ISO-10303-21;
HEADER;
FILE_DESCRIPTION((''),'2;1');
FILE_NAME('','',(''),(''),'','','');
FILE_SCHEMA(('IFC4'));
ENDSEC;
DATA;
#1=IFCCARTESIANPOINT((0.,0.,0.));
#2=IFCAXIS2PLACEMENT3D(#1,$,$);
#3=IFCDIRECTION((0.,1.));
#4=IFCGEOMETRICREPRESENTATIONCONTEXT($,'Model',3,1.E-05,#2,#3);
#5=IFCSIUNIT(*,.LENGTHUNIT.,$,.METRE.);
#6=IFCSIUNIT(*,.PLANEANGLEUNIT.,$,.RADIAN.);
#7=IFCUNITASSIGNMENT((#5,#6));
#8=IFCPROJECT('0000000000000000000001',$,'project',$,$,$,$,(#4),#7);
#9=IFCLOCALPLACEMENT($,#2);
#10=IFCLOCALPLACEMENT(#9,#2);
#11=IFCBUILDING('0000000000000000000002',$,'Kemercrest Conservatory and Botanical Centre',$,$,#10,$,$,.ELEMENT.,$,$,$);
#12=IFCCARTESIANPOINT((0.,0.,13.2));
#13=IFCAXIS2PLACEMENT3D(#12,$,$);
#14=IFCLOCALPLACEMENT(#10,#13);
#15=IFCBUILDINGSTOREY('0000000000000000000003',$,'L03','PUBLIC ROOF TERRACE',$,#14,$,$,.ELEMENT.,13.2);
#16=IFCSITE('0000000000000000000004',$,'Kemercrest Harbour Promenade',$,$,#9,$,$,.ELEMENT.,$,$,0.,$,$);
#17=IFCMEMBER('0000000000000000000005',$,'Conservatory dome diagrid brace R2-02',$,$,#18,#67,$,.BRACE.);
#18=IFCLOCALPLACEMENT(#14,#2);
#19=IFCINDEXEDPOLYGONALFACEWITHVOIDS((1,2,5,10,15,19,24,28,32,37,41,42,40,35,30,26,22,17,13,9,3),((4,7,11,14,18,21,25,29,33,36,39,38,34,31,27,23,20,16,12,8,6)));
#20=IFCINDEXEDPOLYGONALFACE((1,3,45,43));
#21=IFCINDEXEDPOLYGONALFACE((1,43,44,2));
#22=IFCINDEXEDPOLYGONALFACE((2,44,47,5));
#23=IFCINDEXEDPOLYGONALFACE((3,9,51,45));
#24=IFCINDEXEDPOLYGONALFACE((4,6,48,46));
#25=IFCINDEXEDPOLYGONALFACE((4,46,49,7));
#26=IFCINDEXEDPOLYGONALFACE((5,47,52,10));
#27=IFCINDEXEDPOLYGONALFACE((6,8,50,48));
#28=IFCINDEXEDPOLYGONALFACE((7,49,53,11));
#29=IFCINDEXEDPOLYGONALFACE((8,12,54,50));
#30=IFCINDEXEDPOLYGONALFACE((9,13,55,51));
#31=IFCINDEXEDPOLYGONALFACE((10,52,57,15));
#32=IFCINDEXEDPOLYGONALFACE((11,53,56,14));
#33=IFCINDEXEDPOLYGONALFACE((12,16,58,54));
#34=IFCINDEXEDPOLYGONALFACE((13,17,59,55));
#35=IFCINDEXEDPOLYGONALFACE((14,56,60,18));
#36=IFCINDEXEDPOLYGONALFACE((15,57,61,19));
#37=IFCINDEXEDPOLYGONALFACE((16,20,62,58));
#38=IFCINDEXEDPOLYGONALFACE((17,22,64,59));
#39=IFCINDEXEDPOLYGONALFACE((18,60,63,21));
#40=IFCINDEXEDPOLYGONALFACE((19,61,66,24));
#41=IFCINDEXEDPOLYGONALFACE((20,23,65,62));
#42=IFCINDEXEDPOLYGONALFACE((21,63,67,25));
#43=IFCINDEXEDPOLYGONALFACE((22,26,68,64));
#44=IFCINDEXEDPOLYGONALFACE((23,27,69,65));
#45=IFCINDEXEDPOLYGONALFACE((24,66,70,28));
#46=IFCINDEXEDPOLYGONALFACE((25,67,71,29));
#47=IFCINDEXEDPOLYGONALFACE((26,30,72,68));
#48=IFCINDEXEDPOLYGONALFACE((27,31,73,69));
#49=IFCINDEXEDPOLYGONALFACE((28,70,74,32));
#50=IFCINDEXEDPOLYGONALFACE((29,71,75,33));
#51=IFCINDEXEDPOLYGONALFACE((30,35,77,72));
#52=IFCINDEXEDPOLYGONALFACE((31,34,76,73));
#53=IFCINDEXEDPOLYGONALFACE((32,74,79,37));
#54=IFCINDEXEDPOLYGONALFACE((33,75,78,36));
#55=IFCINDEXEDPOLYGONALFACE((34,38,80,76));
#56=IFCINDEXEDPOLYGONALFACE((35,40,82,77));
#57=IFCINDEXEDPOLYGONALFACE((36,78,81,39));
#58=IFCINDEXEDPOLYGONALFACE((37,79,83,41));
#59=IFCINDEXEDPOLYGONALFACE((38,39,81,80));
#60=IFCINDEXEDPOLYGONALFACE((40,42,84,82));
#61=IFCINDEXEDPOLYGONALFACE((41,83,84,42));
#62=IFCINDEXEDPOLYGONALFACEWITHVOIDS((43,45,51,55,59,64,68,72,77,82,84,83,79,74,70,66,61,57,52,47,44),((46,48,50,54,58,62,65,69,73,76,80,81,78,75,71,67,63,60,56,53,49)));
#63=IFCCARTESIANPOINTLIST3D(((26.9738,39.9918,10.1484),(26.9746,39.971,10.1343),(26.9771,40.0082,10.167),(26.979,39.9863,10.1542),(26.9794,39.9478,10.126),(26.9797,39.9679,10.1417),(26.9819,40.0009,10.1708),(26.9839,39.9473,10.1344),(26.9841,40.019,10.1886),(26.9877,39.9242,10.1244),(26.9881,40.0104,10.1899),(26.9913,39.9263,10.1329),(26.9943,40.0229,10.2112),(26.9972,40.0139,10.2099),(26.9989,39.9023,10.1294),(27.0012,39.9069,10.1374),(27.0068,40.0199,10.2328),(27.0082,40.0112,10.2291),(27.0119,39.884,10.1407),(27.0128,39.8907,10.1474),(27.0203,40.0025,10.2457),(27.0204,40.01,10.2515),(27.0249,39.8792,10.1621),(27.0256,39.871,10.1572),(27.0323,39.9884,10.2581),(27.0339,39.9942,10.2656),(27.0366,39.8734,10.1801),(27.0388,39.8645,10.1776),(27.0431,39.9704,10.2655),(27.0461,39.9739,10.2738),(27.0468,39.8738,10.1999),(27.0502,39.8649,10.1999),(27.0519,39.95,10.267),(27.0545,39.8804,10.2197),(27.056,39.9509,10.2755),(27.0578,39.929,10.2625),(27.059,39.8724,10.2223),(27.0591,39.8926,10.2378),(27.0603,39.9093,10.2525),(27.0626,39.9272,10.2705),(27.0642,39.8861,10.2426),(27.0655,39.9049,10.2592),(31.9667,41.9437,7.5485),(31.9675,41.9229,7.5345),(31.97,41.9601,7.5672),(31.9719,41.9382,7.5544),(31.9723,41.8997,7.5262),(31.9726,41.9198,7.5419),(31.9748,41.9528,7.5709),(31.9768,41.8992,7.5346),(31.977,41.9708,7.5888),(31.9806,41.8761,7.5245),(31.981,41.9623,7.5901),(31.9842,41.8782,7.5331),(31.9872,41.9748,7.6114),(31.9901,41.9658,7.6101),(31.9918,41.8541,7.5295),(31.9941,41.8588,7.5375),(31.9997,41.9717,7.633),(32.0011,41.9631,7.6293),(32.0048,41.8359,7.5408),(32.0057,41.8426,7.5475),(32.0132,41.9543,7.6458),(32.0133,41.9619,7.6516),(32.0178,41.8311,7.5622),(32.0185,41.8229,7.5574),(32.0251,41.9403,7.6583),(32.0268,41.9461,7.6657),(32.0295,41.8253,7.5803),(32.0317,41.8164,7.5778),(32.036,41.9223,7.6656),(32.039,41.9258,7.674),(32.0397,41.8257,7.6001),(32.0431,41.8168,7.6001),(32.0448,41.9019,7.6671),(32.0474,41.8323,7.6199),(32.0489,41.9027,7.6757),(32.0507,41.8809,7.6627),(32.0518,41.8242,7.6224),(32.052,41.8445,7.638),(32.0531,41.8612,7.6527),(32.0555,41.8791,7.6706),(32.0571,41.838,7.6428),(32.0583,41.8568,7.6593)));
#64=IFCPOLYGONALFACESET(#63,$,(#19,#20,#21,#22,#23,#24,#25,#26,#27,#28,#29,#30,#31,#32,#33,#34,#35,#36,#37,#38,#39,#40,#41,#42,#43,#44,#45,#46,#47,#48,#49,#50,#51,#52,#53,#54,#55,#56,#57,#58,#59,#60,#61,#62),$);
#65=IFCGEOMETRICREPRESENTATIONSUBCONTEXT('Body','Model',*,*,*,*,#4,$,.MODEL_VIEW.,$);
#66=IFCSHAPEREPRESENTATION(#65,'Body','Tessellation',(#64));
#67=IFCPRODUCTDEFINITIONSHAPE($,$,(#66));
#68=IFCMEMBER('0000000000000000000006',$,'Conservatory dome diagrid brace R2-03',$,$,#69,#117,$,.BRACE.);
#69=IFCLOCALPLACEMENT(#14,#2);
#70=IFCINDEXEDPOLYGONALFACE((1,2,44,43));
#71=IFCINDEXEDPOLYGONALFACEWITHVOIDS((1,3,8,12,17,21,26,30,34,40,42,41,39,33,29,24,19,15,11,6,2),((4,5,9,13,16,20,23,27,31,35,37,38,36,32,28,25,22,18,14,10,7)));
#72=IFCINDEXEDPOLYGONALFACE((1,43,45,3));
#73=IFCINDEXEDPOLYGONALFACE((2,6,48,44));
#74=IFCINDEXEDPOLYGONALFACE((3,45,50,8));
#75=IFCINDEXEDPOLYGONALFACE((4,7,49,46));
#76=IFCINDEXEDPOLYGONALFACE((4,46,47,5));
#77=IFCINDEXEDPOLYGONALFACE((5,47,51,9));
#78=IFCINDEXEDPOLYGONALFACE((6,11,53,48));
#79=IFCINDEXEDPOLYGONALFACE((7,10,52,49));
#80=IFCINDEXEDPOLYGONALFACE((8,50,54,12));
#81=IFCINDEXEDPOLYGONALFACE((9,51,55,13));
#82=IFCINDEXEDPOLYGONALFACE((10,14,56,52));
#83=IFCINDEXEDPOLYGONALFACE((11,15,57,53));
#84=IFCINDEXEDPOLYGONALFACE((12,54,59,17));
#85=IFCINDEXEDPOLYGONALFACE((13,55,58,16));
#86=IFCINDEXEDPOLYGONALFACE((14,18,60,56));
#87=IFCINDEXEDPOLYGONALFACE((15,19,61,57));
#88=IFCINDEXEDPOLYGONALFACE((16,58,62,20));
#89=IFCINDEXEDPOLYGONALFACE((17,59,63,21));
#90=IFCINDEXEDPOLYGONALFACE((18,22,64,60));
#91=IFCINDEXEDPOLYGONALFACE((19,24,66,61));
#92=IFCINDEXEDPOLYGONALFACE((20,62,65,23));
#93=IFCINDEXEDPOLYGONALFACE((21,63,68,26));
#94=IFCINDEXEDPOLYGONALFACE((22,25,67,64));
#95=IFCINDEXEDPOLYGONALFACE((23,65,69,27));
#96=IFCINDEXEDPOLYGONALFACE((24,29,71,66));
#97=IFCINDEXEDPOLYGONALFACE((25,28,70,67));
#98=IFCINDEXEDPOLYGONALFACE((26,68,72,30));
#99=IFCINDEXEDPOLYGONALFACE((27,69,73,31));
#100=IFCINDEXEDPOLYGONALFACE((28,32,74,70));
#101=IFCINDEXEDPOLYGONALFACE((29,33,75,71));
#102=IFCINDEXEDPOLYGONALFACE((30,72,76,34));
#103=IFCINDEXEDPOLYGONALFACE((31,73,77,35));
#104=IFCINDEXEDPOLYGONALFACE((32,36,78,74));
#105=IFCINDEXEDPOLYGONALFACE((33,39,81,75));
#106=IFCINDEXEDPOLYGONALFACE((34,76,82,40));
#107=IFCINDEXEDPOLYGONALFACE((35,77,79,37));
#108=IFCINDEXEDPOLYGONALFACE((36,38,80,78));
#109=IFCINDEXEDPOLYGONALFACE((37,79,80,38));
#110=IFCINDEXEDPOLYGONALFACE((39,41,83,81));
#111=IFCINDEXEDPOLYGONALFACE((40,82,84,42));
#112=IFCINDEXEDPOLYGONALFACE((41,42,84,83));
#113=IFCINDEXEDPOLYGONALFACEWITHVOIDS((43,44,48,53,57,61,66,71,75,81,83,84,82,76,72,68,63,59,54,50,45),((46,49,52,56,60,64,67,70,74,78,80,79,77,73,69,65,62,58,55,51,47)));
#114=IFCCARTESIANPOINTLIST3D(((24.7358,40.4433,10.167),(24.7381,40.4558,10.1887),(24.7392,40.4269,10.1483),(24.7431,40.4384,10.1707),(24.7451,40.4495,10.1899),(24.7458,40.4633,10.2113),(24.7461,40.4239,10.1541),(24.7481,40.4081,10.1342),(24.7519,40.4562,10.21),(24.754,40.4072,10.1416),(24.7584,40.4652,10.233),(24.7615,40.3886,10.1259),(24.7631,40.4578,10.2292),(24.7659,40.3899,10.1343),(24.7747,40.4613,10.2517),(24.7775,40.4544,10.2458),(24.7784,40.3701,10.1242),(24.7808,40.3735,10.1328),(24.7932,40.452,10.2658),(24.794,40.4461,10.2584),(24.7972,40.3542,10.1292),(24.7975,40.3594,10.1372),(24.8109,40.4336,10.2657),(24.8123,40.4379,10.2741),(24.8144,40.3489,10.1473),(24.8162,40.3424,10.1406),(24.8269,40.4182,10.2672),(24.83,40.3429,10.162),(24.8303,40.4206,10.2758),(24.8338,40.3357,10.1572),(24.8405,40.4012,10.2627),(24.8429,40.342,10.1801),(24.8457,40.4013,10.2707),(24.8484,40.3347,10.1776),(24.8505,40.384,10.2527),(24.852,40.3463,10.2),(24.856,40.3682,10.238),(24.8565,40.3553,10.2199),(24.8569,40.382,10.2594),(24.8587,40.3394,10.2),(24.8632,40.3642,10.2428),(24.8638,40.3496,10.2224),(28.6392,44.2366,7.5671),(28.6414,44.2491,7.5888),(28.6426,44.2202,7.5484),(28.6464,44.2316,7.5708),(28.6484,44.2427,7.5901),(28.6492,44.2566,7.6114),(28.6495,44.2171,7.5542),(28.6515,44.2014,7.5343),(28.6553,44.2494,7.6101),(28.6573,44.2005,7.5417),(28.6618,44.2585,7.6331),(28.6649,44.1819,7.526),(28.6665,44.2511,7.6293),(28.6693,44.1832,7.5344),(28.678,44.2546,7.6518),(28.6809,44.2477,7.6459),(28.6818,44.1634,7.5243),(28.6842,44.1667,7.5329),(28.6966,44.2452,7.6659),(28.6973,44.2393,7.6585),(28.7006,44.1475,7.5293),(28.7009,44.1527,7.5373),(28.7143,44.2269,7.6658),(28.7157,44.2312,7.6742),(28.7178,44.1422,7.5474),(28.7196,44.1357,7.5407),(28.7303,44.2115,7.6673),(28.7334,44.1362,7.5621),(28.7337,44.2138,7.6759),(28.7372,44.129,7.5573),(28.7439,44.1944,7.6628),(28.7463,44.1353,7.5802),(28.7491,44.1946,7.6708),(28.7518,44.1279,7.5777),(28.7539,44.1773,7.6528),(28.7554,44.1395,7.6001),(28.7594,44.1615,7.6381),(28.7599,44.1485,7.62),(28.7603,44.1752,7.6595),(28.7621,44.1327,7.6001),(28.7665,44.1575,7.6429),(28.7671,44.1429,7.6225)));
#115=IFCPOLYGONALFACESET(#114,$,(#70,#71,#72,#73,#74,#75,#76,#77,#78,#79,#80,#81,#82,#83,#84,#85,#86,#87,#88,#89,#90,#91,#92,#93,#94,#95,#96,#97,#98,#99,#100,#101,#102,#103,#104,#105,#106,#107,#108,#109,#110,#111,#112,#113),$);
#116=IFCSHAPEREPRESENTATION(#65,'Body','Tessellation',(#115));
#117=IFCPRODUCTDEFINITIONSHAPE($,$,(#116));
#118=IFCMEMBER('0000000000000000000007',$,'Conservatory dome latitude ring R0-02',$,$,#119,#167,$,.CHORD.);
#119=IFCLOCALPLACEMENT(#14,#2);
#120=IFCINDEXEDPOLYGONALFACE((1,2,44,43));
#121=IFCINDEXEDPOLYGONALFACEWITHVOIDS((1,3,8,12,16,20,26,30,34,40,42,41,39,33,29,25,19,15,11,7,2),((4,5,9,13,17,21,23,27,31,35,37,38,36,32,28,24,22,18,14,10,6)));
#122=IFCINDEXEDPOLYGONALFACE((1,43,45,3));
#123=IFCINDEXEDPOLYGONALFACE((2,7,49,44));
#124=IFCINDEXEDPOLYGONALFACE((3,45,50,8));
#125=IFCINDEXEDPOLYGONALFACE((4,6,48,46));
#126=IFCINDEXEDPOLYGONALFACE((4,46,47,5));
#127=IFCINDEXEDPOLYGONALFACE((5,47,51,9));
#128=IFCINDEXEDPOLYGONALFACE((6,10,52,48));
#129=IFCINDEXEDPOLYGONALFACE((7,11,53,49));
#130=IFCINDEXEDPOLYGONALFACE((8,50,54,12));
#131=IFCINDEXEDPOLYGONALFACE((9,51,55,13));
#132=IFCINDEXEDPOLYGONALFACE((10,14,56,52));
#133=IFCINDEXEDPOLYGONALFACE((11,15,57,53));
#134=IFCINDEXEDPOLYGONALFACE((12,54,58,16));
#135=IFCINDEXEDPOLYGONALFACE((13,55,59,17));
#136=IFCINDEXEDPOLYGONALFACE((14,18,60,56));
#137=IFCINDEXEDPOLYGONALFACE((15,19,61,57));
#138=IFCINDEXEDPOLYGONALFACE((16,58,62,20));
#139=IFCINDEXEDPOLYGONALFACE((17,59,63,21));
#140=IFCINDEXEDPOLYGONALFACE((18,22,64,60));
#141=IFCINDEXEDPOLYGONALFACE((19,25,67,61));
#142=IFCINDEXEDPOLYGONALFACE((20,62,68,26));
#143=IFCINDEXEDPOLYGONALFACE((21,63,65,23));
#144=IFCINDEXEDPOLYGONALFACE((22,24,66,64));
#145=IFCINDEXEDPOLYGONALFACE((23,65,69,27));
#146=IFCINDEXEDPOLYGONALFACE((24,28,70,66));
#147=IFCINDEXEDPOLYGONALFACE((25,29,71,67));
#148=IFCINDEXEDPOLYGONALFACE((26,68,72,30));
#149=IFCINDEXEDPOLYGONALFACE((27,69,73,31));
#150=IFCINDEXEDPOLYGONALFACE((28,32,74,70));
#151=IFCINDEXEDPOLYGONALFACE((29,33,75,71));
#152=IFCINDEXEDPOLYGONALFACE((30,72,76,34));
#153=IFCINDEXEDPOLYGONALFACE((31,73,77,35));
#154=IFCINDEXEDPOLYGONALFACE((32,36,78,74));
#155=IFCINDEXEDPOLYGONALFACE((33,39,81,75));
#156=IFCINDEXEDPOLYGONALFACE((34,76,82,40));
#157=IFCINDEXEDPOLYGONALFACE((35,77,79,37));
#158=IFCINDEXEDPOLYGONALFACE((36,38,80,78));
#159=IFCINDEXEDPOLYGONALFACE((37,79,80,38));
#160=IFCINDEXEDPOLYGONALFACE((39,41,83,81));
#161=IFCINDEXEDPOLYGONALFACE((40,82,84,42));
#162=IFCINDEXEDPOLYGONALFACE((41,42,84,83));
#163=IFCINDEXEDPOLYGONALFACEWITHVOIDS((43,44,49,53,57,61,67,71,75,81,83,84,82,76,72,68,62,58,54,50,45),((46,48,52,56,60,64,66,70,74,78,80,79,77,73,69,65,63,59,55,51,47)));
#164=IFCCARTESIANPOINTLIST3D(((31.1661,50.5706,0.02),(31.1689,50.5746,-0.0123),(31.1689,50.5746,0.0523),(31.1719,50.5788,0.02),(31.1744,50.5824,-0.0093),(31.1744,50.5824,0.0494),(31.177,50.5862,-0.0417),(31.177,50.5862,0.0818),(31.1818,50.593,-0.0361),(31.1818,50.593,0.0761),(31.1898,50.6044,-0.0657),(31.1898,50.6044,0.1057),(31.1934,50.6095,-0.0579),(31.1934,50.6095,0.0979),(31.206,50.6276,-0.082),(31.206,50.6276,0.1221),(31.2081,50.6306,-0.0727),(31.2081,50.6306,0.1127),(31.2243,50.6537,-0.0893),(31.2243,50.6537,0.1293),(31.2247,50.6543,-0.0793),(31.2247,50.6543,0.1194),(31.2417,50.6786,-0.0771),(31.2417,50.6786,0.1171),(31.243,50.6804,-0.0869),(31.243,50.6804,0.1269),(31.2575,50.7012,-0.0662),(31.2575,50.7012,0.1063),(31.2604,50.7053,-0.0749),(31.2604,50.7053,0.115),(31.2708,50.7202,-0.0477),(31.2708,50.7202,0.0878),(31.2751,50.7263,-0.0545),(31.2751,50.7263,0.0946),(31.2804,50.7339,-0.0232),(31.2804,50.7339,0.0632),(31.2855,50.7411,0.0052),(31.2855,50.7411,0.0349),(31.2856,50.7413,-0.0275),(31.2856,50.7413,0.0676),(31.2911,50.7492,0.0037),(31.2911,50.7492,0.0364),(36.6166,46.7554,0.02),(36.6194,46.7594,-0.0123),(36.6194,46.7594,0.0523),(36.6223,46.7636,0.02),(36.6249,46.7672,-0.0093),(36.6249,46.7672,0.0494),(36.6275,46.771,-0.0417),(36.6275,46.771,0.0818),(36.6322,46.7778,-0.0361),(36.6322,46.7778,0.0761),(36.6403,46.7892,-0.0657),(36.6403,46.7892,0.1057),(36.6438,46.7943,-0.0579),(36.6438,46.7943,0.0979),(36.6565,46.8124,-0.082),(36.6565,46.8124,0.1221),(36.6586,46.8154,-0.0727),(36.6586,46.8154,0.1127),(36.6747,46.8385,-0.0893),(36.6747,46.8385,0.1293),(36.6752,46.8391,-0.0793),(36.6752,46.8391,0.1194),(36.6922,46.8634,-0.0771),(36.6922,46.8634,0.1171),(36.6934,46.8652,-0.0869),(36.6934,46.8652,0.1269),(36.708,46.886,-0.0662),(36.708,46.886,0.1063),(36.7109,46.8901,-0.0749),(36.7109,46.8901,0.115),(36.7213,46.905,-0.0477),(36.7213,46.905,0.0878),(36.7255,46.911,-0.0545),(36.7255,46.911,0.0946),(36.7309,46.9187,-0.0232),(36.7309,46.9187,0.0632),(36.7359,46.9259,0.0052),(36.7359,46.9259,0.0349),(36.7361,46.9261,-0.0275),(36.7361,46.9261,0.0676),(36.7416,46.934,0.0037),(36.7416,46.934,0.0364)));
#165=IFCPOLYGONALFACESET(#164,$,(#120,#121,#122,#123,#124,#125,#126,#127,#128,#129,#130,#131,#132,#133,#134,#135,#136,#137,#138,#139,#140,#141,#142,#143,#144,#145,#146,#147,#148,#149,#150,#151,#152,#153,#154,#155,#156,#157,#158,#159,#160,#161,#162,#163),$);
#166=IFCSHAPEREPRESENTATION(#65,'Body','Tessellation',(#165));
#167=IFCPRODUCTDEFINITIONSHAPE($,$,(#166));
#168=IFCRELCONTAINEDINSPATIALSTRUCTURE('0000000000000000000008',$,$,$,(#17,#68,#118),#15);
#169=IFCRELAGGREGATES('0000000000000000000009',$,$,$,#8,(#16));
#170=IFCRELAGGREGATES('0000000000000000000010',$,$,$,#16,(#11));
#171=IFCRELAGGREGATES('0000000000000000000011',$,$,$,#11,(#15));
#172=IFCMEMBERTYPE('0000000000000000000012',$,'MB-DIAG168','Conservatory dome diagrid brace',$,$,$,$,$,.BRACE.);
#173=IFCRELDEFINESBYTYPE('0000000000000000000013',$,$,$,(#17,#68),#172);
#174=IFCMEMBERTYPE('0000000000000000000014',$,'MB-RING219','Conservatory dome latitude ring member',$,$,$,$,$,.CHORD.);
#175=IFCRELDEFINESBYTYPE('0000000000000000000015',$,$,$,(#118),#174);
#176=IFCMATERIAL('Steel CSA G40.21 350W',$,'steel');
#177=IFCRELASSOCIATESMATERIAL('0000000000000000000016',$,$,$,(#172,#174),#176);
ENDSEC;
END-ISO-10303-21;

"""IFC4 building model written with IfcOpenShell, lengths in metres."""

from ifc_helpers import new_model, si_unit, direction, frame, origin, origin_2d, place, context, subcontext, project, spatial, hollow_circle, extrude, material, material_profile, profile_set, type_object, element, save


model = new_model("IFC4")

# Units and contexts
model_context = context("Model", 3, precision=1e-05, world=origin(), true_north=direction((0.0, 1.0)))
body_context = subcontext(model_context, "Body", "Model", "MODEL_VIEW")
ifc_project = project(units=[si_unit("LENGTHUNIT", "METRE"), si_unit("PLANEANGLEUNIT", "RADIAN")], contexts=[model_context])

# Site, building, storey
site_placement = place(None, origin())
site = spatial("IfcSite", under=ifc_project, at=site_placement, Name="Kemercrest Harbour Promenade", CompositionType="ELEMENT", RefElevation=0.0)
building_placement = place(site_placement, origin())
building = spatial("IfcBuilding", under=site, at=building_placement, Name="Kemercrest Conservatory and Botanical Centre", CompositionType="ELEMENT")
storey_placement = place(building_placement, frame((0.0, 0.0, 13.2)))
storey = spatial("IfcBuildingStorey", under=building, at=storey_placement, Name="L03", Description="PUBLIC ROOF TERRACE", CompositionType="ELEMENT", Elevation=13.2)

# Shared definitions
ifc_material_1 = material(Name="Steel CSA G40.21 350W", Category="steel")

# Members
ifc_material_profile_1 = material_profile(ifc_material_1, hollow_circle(Radius=0.0842, WallThickness=0.0095, at=origin_2d()), Name="CHS 168.3x9.5")
ifc_profile_set_1 = profile_set([ifc_material_profile_1], Name="Steel CSA G40.21 350W")
member_type_1 = type_object("IfcMemberType", Name="MB-DIAG168", Description="Conservatory dome diagrid brace", PredefinedType="BRACE", material=ifc_profile_set_1)
member_1_placement = place(storey_placement, frame((32.0125, 41.8953, 7.6001), z_axis=(-0.838012, -0.327608, 0.436359), x_axis=(0.364101, -0.93136, 0.0)))
element("IfcMember", 1, at=member_1_placement, inside=storey, type_object=member_type_1, Name="Conservatory dome diagrid brace R2-02", PredefinedType="BRACE", context=body_context, shape_type="SweptSolid", body=[
    extrude(hollow_circle(Radius=0.0842, WallThickness=0.0095, at=origin_2d()), origin(), (0.0, 0.0, 1.0), 5.958),
])
member_2_placement = place(storey_placement, frame((28.7034, 44.1931, 7.6001), z_axis=(-0.647115, -0.62886, 0.431019), x_axis=(0.69692, -0.717149, 0.0)))
element("IfcMember", 2, at=member_2_placement, inside=storey, type_object=member_type_1, Name="Conservatory dome diagrid brace R2-03", PredefinedType="BRACE", context=body_context, shape_type="SweptSolid", body=[
    extrude(hollow_circle(Radius=0.0842, WallThickness=0.0095, at=origin_2d()), origin(), (0.0, 0.0, 1.0), 6.032),
])
ifc_material_profile_2 = material_profile(ifc_material_1, hollow_circle(Radius=0.1096, WallThickness=0.01, at=origin_2d()), Name="CHS 219.1x10.0")
ifc_profile_set_2 = profile_set([ifc_material_profile_2], Name="Steel CSA G40.21 350W")
member_type_2 = type_object("IfcMemberType", Name="MB-RING219", Description="Conservatory dome latitude ring member", PredefinedType="CHORD", material=ifc_profile_set_2)
member_3_placement = place(storey_placement, frame((36.6794, 46.8452, 0.02), z_axis=(-0.819241, 0.57345, 0.0), x_axis=(-0.57345, -0.819241, 0.0)))
element("IfcMember", 3, at=member_3_placement, inside=storey, type_object=member_type_2, Name="Conservatory dome latitude ring R0-02", PredefinedType="CHORD", context=body_context, shape_type="SweptSolid", body=[
    extrude(hollow_circle(Radius=0.1096, WallThickness=0.01, at=origin_2d()), origin(), (0.0, 0.0, 1.0), 6.6531),
])

save(model, "model.ifc")
